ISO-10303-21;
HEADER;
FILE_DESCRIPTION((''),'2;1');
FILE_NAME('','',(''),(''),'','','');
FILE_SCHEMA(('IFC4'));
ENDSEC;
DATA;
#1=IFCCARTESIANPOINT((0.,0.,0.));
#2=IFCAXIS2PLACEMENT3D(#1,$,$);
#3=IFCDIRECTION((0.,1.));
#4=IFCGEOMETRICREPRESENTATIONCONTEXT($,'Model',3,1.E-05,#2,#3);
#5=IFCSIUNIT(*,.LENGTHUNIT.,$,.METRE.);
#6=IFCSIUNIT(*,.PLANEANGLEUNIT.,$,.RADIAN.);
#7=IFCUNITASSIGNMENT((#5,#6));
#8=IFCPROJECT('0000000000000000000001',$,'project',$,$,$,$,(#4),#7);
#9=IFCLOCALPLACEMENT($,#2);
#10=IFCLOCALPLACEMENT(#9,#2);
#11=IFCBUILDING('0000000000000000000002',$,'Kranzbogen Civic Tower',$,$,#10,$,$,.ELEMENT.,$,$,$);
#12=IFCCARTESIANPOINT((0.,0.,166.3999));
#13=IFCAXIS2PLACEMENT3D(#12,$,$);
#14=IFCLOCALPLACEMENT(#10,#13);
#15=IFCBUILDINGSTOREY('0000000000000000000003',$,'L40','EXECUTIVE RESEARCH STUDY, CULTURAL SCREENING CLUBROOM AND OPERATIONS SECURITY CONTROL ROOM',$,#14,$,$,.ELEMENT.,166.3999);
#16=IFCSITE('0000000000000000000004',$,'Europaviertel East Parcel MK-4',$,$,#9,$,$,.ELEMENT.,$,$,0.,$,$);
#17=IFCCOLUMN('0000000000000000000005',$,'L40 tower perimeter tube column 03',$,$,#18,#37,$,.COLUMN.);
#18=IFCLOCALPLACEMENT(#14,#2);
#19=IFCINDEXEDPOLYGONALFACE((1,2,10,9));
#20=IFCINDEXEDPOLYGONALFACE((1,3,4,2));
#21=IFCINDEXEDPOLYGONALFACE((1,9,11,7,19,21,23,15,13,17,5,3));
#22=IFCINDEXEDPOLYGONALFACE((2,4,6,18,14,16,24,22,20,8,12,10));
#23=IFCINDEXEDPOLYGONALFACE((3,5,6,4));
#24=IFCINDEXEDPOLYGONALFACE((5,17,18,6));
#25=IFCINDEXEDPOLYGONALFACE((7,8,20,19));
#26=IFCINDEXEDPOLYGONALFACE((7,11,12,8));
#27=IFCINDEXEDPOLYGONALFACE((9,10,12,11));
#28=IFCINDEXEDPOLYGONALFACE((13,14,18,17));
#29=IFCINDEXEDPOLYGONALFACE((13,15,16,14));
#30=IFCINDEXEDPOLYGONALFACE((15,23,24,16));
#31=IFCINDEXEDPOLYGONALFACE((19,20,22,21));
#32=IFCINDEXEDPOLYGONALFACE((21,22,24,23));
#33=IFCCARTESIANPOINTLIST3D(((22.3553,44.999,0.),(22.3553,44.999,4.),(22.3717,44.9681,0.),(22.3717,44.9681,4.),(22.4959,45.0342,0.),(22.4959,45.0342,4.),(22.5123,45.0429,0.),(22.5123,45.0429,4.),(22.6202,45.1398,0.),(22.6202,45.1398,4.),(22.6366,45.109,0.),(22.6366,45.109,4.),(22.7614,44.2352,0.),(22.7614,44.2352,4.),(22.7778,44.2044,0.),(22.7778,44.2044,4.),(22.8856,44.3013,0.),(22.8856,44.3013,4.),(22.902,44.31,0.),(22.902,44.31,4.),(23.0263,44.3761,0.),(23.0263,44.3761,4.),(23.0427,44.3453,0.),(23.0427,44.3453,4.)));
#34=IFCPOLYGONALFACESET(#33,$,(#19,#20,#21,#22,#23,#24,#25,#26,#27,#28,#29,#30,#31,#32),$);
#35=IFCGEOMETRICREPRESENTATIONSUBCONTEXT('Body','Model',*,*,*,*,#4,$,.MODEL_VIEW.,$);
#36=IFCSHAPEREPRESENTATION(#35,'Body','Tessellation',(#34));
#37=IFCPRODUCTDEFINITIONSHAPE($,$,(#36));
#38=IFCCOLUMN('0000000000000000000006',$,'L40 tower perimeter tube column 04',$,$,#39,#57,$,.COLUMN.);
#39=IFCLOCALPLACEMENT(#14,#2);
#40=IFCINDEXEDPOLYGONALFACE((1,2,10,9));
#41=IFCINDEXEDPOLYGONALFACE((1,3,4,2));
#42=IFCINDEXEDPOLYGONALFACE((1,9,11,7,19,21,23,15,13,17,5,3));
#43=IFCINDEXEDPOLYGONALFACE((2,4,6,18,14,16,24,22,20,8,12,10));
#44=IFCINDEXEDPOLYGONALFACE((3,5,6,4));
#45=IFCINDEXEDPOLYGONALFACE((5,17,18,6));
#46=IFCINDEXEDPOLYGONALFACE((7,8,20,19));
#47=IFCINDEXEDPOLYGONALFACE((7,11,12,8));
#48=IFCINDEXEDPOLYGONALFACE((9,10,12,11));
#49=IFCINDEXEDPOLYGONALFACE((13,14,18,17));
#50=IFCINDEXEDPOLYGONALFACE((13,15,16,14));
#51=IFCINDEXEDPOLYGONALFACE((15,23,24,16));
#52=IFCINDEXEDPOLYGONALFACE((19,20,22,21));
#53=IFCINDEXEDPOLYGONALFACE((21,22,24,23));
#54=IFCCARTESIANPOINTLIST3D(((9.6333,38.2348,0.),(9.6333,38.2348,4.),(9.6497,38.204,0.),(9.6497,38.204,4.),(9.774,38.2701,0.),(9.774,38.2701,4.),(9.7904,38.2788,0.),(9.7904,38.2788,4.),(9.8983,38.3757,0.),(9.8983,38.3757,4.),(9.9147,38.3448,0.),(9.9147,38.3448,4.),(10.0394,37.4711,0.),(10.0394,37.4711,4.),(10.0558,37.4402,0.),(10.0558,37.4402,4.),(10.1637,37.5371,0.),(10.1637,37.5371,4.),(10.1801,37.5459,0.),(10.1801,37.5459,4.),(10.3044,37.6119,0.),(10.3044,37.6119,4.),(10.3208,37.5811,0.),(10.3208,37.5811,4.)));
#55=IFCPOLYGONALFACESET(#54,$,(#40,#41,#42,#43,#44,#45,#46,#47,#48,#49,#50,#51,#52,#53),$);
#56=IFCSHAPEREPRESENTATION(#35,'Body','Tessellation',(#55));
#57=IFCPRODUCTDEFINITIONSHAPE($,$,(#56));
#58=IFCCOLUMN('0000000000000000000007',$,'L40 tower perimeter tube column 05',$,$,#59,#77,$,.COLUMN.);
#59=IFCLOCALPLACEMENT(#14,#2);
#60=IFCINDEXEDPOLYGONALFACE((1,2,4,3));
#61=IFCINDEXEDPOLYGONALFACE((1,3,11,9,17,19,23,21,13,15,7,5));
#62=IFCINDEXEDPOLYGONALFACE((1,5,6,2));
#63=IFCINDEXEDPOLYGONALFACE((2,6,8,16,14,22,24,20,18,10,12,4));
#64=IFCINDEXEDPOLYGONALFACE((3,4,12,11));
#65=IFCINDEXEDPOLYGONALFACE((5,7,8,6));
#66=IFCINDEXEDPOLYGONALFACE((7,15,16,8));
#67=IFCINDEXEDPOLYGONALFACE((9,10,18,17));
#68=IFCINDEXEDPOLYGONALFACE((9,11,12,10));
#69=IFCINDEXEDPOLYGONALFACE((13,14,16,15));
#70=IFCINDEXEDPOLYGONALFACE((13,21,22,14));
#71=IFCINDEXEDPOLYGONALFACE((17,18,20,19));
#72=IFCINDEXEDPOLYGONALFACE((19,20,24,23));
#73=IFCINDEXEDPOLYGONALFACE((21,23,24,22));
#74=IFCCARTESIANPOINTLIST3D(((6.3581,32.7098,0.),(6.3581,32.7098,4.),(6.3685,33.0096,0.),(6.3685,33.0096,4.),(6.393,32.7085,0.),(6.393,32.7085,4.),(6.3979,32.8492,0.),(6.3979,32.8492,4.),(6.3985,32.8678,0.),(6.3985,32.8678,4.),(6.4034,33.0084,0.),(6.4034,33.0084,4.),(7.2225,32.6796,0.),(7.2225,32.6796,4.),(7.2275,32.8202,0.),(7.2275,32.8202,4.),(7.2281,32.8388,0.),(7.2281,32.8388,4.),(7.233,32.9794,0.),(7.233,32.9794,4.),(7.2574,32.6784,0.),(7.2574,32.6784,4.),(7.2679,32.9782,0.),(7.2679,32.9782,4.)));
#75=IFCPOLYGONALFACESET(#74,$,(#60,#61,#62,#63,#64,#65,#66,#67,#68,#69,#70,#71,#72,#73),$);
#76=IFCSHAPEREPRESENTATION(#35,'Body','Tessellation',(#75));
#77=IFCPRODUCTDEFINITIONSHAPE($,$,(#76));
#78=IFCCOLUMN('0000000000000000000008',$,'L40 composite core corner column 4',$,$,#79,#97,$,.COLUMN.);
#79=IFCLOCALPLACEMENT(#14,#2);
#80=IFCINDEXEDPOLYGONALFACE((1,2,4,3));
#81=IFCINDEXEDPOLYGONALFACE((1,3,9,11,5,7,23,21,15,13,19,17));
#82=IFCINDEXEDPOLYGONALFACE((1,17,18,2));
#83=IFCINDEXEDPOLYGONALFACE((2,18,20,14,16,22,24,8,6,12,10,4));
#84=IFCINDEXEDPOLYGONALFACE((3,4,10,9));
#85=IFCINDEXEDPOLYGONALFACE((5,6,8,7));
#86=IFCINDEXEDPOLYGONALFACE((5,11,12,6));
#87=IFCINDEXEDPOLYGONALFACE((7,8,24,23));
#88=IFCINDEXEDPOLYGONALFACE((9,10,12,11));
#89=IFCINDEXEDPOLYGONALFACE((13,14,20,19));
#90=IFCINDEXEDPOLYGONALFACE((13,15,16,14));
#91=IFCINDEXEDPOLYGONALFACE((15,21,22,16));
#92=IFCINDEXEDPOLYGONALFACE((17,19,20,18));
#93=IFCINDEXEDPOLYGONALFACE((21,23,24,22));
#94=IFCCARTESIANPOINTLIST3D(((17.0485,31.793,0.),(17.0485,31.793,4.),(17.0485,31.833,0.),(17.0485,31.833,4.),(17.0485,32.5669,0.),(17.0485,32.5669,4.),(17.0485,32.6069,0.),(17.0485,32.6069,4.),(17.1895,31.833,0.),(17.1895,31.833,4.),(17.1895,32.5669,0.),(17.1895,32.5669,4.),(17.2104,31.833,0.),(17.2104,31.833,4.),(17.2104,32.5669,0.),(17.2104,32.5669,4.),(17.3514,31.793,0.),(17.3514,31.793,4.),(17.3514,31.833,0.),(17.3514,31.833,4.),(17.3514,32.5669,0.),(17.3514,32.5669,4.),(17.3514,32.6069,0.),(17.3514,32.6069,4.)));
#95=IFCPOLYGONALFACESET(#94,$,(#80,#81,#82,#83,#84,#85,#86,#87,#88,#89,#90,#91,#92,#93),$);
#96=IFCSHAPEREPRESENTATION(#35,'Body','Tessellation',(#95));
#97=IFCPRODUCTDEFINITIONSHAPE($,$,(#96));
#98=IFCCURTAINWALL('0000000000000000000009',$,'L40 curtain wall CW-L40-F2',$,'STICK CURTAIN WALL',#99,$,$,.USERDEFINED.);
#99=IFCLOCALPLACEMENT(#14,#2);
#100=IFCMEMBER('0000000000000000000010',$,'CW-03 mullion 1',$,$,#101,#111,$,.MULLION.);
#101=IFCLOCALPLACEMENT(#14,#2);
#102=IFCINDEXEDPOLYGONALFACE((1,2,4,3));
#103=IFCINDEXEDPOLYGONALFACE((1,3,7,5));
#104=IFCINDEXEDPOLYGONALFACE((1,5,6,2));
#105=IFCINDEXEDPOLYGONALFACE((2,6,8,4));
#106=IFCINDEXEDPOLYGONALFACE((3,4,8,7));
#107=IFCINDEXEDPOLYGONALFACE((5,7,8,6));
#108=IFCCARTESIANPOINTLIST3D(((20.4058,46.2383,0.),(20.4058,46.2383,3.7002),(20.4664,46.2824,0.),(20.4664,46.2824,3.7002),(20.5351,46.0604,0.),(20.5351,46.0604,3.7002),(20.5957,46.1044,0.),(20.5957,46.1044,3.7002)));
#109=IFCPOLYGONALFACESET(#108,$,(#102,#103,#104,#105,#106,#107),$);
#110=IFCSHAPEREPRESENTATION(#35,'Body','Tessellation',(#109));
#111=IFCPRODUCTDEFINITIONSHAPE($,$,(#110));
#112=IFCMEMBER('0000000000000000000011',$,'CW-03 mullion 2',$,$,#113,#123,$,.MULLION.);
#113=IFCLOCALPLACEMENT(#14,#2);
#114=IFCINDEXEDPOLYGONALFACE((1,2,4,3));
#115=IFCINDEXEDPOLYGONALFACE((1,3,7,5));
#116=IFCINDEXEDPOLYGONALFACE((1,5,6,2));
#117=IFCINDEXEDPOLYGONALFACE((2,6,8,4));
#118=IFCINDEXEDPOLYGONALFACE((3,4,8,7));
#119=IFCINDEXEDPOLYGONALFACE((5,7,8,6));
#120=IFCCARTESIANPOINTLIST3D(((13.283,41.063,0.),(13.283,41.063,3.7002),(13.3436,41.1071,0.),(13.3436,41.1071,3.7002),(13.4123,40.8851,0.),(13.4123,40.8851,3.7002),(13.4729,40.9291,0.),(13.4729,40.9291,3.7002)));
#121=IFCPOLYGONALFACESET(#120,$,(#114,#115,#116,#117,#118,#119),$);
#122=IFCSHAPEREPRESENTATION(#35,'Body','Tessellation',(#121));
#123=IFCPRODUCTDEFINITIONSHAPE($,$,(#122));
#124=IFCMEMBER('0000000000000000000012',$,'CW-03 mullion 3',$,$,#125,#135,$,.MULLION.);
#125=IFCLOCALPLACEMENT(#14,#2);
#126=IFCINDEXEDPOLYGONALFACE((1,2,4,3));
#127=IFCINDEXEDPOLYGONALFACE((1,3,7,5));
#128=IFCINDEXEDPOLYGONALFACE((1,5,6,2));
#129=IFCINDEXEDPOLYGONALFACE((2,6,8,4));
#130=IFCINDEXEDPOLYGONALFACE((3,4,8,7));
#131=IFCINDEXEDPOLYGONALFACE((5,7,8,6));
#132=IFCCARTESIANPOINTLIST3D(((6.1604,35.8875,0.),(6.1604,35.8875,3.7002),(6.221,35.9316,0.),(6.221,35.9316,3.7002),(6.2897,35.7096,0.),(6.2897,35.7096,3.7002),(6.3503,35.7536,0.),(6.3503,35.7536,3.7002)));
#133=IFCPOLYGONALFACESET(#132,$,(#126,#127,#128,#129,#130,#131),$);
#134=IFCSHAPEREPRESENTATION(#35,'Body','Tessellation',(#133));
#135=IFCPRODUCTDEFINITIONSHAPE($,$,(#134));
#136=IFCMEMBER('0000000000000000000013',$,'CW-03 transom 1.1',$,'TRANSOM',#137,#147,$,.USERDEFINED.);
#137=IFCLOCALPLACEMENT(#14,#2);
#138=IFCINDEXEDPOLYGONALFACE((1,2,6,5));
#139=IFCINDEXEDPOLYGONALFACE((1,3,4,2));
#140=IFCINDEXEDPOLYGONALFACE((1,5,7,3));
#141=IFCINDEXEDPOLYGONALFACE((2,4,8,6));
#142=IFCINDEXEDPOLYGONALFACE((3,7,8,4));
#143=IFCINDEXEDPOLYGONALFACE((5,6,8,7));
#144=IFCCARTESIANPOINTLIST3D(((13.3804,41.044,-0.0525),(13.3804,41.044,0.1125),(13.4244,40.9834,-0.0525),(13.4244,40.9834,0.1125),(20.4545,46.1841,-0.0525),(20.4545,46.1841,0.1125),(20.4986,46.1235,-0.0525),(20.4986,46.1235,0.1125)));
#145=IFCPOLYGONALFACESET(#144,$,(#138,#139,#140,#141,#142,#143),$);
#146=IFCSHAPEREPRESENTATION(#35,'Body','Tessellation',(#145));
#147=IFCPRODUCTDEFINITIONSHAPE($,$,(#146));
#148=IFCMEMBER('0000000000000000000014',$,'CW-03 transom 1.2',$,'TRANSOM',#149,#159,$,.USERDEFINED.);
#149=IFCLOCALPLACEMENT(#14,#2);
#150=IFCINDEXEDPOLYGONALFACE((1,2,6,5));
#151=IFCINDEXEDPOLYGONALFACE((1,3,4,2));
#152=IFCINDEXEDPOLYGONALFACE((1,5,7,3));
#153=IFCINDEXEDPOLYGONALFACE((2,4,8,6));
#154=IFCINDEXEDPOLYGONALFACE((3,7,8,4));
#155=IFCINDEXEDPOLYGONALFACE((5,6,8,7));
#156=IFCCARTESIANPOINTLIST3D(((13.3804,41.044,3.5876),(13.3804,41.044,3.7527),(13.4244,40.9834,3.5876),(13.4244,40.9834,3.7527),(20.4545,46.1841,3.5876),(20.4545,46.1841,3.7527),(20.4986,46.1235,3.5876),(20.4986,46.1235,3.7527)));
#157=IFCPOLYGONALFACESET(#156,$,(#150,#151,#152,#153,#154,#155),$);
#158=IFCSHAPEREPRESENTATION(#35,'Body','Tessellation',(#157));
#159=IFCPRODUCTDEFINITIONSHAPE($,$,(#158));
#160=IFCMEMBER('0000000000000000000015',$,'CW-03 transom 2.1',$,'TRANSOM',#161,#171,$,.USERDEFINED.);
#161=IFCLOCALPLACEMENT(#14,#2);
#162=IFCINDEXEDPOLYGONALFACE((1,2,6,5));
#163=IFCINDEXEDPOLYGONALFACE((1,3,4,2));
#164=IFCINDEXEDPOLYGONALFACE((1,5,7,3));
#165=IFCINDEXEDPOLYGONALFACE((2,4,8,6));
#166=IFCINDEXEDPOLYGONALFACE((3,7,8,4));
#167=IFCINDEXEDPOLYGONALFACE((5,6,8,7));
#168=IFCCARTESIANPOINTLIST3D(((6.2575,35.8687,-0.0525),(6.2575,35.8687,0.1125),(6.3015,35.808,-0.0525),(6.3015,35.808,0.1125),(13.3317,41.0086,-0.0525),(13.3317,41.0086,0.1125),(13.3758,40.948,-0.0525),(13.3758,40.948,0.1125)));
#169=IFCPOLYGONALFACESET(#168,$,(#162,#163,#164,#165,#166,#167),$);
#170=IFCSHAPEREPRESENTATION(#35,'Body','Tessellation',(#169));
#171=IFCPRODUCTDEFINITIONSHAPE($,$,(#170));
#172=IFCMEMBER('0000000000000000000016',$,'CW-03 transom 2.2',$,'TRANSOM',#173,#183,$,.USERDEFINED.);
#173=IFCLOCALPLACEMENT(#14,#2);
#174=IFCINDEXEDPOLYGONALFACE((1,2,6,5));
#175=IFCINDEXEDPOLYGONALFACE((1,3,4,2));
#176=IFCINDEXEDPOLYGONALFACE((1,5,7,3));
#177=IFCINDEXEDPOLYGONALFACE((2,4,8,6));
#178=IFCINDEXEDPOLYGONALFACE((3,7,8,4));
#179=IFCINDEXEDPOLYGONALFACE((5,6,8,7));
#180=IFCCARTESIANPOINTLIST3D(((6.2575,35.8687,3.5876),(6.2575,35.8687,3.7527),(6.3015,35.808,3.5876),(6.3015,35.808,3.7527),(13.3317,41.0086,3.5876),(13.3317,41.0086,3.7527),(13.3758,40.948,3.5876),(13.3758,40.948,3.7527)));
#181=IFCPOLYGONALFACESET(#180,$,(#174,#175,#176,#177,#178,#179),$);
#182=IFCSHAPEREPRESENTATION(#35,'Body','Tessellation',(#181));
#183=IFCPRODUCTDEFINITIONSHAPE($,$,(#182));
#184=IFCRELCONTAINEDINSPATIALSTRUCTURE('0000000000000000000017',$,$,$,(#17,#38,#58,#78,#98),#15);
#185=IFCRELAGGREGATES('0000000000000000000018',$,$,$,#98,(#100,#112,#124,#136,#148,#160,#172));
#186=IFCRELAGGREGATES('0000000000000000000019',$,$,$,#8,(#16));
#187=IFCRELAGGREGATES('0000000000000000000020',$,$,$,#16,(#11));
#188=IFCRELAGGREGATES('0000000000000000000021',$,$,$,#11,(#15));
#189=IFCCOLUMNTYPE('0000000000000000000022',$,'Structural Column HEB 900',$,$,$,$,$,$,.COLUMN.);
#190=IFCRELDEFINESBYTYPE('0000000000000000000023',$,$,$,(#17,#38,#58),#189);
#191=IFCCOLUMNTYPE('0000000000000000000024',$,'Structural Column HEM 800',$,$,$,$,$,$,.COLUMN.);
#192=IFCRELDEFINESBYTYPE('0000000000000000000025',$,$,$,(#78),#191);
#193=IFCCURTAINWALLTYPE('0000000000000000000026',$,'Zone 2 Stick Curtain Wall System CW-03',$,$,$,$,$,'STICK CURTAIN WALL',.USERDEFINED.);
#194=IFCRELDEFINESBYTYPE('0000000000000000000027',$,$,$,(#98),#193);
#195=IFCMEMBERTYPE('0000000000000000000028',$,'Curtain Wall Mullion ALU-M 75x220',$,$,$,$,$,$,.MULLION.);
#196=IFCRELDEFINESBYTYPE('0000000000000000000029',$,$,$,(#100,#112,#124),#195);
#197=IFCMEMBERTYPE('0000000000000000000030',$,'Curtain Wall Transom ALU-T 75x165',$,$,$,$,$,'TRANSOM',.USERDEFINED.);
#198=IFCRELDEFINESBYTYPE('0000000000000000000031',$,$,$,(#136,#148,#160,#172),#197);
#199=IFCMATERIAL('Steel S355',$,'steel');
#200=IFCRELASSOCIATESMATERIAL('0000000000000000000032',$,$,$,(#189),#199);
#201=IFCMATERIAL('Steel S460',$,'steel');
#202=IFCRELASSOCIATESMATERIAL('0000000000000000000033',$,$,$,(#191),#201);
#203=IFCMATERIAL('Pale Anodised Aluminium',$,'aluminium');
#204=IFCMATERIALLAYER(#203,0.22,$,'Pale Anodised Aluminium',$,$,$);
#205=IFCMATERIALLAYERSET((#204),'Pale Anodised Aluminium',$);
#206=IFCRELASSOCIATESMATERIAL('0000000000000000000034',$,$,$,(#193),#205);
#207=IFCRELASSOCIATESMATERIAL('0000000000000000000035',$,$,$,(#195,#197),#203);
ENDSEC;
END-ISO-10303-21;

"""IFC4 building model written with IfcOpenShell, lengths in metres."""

from ifc_helpers import new_model, si_unit, direction, frame, origin, origin_2d, place, context, subcontext, project, spatial, rectangle, i_section, extrude, material, layer, layer_set, material_profile, profile_set, type_object, element, aggregate, save


model = new_model("IFC4")

# Units and contexts
model_context = context("Model", 3, precision=1e-05, world=origin(), true_north=direction((0.0, 1.0)))
body_context = subcontext(model_context, "Body", "Model", "MODEL_VIEW")
ifc_project = project(units=[si_unit("LENGTHUNIT", "METRE"), si_unit("PLANEANGLEUNIT", "RADIAN")], contexts=[model_context])

# Site, building, storey
site_placement = place(None, origin())
site = spatial("IfcSite", under=ifc_project, at=site_placement, Name="Europaviertel East Parcel MK-4", CompositionType="ELEMENT", RefElevation=0.0)
building_placement = place(site_placement, origin())
building = spatial("IfcBuilding", under=site, at=building_placement, Name="Kranzbogen Civic Tower", CompositionType="ELEMENT")
storey_placement = place(building_placement, frame((0.0, 0.0, 166.3999)))
storey = spatial("IfcBuildingStorey", under=building, at=storey_placement, Name="L40", Description="EXECUTIVE RESEARCH STUDY, CULTURAL SCREENING CLUBROOM AND OPERATIONS SECURITY CONTROL ROOM", CompositionType="ELEMENT", Elevation=166.3999)

# Columns
ifc_material_1 = material(Name="Steel S355", Category="steel")
ifc_material_profile_1 = material_profile(ifc_material_1, i_section(OverallWidth=0.3, OverallDepth=0.8999, WebThickness=0.0186, FlangeThickness=0.0349, at=origin_2d()), Name="HEB 900")
ifc_profile_set_1 = profile_set([ifc_material_profile_1], Name="Steel S355")
column_type_1 = type_object("IfcColumnType", Name="Structural Column HEB 900", PredefinedType="COLUMN", material=ifc_profile_set_1)
for number, where, z_axis, x_axis, name in (
    (1, (22.699, 44.6721, 0.0), (0.0, 0.0, 1.0), (0.882948, 0.469472, 0.0), "L40 tower perimeter tube column 03"),
    (2, (9.9771, 37.908, 0.0), (0.0, 0.0, 1.0), (0.882948, 0.469472, 0.0), "L40 tower perimeter tube column 04"),
    (3, (6.813, 32.844, 0.0), (0.0, 0.0, 1.0), (0.034899, 0.999391, 0.0), "L40 tower perimeter tube column 05"),
):
    element("IfcColumn", number, at=place(storey_placement, frame(where, z_axis=z_axis, x_axis=x_axis)), inside=storey, type_object=column_type_1, Name=name, PredefinedType="COLUMN", context=body_context, shape_type="SweptSolid", body=[
        extrude(i_section(OverallWidth=0.3, OverallDepth=0.8999, WebThickness=0.0186, FlangeThickness=0.0349, at=origin_2d()), origin(), (0.0, 0.0, 1.0), 4.0),
    ])
ifc_material_2 = material(Name="Steel S460", Category="steel")
ifc_material_profile_2 = material_profile(ifc_material_2, i_section(OverallWidth=0.303, OverallDepth=0.814, WebThickness=0.021, FlangeThickness=0.04, at=origin_2d()), Name="HEM 800")
ifc_profile_set_2 = profile_set([ifc_material_profile_2], Name="Steel S460")
column_type_2 = type_object("IfcColumnType", Name="Structural Column HEM 800", PredefinedType="COLUMN", material=ifc_profile_set_2)
column_placement = place(storey_placement, frame((17.2, 32.2, 0.0), z_axis=(0.0, 0.0, 1.0), x_axis=(1.0, 0.0, 0.0)))
element("IfcColumn", 4, at=column_placement, inside=storey, type_object=column_type_2, Name="L40 composite core corner column 4", PredefinedType="COLUMN", context=body_context, shape_type="SweptSolid", body=[
    extrude(i_section(OverallWidth=0.303, OverallDepth=0.814, WebThickness=0.021, FlangeThickness=0.04, at=origin_2d()), origin(), (0.0, 0.0, 1.0), 4.0),
])

# Curtain wall, members
ifc_material_3 = material(Name="Pale Anodised Aluminium", Category="aluminium")
ifc_layer_1 = layer(ifc_material_3, 0.22, Name="Pale Anodised Aluminium")
ifc_layer_set_1 = layer_set([ifc_layer_1], Name="Pale Anodised Aluminium")
curtain_wall_type = type_object("IfcCurtainWallType", Name="Zone 2 Stick Curtain Wall System CW-03", ElementType="STICK CURTAIN WALL", PredefinedType="USERDEFINED", material=ifc_layer_set_1)
curtain_wall_placement = place(storey_placement, origin())
curtain_wall = element("IfcCurtainWall", 5, at=curtain_wall_placement, inside=storey, type_object=curtain_wall_type, Name="L40 curtain wall CW-L40-F2", ObjectType="STICK CURTAIN WALL", PredefinedType="USERDEFINED")
ifc_material_profile_3 = material_profile(ifc_material_3, rectangle(XDim=0.075, YDim=0.22, at=origin_2d()), Name="ALU-M 75x220")
ifc_profile_set_3 = profile_set([ifc_material_profile_3], Name="Pale Anodised Aluminium")
member_type_1 = type_object("IfcMemberType", Name="Curtain Wall Mullion ALU-M 75x220", PredefinedType="MULLION", material=ifc_profile_set_3)
member_1_placement = place(storey_placement, frame((20.5007, 46.1714, 0.0), z_axis=(0.0, 0.0, 1.0), x_axis=(-0.808995, -0.587815, 0.0)))
member_1 = element("IfcMember", 6, at=member_1_placement, type_object=member_type_1, Name="CW-03 mullion 1", PredefinedType="MULLION", context=body_context, shape_type="SweptSolid", body=[
    extrude(rectangle(XDim=0.075, YDim=0.22, at=origin_2d()), origin(), (0.0, 0.0, 1.0), 3.7002),
])
member_2_placement = place(storey_placement, frame((13.3779, 40.9961, 0.0), z_axis=(0.0, 0.0, 1.0), x_axis=(-0.808995, -0.587815, 0.0)))
member_2 = element("IfcMember", 7, at=member_2_placement, type_object=member_type_1, Name="CW-03 mullion 2", PredefinedType="MULLION", context=body_context, shape_type="SweptSolid", body=[
    extrude(rectangle(XDim=0.075, YDim=0.22, at=origin_2d()), origin(), (0.0, 0.0, 1.0), 3.7002),
])
member_3_placement = place(storey_placement, frame((6.2554, 35.8206, 0.0), z_axis=(0.0, 0.0, 1.0), x_axis=(-0.808995, -0.587815, 0.0)))
member_3 = element("IfcMember", 8, at=member_3_placement, type_object=member_type_1, Name="CW-03 mullion 3", PredefinedType="MULLION", context=body_context, shape_type="SweptSolid", body=[
    extrude(rectangle(XDim=0.075, YDim=0.22, at=origin_2d()), origin(), (0.0, 0.0, 1.0), 3.7002),
])
ifc_material_profile_4 = material_profile(ifc_material_3, rectangle(XDim=0.075, YDim=0.165, at=origin_2d()), Name="ALU-T 75x165")
ifc_profile_set_4 = profile_set([ifc_material_profile_4], Name="Pale Anodised Aluminium")
member_type_2 = type_object("IfcMemberType", Name="Curtain Wall Transom ALU-T 75x165", ElementType="TRANSOM", PredefinedType="USERDEFINED", material=ifc_profile_set_4)
member_4_placement = place(storey_placement, frame((20.4766, 46.1538, 0.03), z_axis=(-0.808994, -0.587816, 0.0), x_axis=(0.587816, -0.808994, 0.0)))
member_4 = element("IfcMember", 9, at=member_4_placement, type_object=member_type_2, Name="CW-03 transom 1.1", ObjectType="TRANSOM", PredefinedType="USERDEFINED", context=body_context, shape_type="SweptSolid", body=[
    extrude(rectangle(XDim=0.075, YDim=0.165, at=origin_2d()), origin(), (0.0, 0.0, 1.0), 8.7444),
])
member_5_placement = place(storey_placement, frame((20.4766, 46.1538, 3.6702), z_axis=(-0.808994, -0.587816, 0.0), x_axis=(0.587816, -0.808994, 0.0)))
member_5 = element("IfcMember", 10, at=member_5_placement, type_object=member_type_2, Name="CW-03 transom 1.2", ObjectType="TRANSOM", PredefinedType="USERDEFINED", context=body_context, shape_type="SweptSolid", body=[
    extrude(rectangle(XDim=0.075, YDim=0.165, at=origin_2d()), origin(), (0.0, 0.0, 1.0), 8.7444),
])
member_6_placement = place(storey_placement, frame((13.3538, 40.9783, 0.03), z_axis=(-0.809008, -0.587798, 0.0), x_axis=(0.587798, -0.809008, 0.0)))
member_6 = element("IfcMember", 11, at=member_6_placement, type_object=member_type_2, Name="CW-03 transom 2.1", ObjectType="TRANSOM", PredefinedType="USERDEFINED", context=body_context, shape_type="SweptSolid", body=[
    extrude(rectangle(XDim=0.075, YDim=0.165, at=origin_2d()), origin(), (0.0, 0.0, 1.0), 8.7444),
])
member_7_placement = place(storey_placement, frame((13.3538, 40.9783, 3.6702), z_axis=(-0.809008, -0.587798, 0.0), x_axis=(0.587798, -0.809008, 0.0)))
member_7 = element("IfcMember", 12, at=member_7_placement, type_object=member_type_2, Name="CW-03 transom 2.2", ObjectType="TRANSOM", PredefinedType="USERDEFINED", context=body_context, shape_type="SweptSolid", body=[
    extrude(rectangle(XDim=0.075, YDim=0.165, at=origin_2d()), origin(), (0.0, 0.0, 1.0), 8.7444),
])

aggregate(curtain_wall, [member_1, member_2, member_3, member_4, member_5, member_6, member_7])

save(model, "model.ifc")
